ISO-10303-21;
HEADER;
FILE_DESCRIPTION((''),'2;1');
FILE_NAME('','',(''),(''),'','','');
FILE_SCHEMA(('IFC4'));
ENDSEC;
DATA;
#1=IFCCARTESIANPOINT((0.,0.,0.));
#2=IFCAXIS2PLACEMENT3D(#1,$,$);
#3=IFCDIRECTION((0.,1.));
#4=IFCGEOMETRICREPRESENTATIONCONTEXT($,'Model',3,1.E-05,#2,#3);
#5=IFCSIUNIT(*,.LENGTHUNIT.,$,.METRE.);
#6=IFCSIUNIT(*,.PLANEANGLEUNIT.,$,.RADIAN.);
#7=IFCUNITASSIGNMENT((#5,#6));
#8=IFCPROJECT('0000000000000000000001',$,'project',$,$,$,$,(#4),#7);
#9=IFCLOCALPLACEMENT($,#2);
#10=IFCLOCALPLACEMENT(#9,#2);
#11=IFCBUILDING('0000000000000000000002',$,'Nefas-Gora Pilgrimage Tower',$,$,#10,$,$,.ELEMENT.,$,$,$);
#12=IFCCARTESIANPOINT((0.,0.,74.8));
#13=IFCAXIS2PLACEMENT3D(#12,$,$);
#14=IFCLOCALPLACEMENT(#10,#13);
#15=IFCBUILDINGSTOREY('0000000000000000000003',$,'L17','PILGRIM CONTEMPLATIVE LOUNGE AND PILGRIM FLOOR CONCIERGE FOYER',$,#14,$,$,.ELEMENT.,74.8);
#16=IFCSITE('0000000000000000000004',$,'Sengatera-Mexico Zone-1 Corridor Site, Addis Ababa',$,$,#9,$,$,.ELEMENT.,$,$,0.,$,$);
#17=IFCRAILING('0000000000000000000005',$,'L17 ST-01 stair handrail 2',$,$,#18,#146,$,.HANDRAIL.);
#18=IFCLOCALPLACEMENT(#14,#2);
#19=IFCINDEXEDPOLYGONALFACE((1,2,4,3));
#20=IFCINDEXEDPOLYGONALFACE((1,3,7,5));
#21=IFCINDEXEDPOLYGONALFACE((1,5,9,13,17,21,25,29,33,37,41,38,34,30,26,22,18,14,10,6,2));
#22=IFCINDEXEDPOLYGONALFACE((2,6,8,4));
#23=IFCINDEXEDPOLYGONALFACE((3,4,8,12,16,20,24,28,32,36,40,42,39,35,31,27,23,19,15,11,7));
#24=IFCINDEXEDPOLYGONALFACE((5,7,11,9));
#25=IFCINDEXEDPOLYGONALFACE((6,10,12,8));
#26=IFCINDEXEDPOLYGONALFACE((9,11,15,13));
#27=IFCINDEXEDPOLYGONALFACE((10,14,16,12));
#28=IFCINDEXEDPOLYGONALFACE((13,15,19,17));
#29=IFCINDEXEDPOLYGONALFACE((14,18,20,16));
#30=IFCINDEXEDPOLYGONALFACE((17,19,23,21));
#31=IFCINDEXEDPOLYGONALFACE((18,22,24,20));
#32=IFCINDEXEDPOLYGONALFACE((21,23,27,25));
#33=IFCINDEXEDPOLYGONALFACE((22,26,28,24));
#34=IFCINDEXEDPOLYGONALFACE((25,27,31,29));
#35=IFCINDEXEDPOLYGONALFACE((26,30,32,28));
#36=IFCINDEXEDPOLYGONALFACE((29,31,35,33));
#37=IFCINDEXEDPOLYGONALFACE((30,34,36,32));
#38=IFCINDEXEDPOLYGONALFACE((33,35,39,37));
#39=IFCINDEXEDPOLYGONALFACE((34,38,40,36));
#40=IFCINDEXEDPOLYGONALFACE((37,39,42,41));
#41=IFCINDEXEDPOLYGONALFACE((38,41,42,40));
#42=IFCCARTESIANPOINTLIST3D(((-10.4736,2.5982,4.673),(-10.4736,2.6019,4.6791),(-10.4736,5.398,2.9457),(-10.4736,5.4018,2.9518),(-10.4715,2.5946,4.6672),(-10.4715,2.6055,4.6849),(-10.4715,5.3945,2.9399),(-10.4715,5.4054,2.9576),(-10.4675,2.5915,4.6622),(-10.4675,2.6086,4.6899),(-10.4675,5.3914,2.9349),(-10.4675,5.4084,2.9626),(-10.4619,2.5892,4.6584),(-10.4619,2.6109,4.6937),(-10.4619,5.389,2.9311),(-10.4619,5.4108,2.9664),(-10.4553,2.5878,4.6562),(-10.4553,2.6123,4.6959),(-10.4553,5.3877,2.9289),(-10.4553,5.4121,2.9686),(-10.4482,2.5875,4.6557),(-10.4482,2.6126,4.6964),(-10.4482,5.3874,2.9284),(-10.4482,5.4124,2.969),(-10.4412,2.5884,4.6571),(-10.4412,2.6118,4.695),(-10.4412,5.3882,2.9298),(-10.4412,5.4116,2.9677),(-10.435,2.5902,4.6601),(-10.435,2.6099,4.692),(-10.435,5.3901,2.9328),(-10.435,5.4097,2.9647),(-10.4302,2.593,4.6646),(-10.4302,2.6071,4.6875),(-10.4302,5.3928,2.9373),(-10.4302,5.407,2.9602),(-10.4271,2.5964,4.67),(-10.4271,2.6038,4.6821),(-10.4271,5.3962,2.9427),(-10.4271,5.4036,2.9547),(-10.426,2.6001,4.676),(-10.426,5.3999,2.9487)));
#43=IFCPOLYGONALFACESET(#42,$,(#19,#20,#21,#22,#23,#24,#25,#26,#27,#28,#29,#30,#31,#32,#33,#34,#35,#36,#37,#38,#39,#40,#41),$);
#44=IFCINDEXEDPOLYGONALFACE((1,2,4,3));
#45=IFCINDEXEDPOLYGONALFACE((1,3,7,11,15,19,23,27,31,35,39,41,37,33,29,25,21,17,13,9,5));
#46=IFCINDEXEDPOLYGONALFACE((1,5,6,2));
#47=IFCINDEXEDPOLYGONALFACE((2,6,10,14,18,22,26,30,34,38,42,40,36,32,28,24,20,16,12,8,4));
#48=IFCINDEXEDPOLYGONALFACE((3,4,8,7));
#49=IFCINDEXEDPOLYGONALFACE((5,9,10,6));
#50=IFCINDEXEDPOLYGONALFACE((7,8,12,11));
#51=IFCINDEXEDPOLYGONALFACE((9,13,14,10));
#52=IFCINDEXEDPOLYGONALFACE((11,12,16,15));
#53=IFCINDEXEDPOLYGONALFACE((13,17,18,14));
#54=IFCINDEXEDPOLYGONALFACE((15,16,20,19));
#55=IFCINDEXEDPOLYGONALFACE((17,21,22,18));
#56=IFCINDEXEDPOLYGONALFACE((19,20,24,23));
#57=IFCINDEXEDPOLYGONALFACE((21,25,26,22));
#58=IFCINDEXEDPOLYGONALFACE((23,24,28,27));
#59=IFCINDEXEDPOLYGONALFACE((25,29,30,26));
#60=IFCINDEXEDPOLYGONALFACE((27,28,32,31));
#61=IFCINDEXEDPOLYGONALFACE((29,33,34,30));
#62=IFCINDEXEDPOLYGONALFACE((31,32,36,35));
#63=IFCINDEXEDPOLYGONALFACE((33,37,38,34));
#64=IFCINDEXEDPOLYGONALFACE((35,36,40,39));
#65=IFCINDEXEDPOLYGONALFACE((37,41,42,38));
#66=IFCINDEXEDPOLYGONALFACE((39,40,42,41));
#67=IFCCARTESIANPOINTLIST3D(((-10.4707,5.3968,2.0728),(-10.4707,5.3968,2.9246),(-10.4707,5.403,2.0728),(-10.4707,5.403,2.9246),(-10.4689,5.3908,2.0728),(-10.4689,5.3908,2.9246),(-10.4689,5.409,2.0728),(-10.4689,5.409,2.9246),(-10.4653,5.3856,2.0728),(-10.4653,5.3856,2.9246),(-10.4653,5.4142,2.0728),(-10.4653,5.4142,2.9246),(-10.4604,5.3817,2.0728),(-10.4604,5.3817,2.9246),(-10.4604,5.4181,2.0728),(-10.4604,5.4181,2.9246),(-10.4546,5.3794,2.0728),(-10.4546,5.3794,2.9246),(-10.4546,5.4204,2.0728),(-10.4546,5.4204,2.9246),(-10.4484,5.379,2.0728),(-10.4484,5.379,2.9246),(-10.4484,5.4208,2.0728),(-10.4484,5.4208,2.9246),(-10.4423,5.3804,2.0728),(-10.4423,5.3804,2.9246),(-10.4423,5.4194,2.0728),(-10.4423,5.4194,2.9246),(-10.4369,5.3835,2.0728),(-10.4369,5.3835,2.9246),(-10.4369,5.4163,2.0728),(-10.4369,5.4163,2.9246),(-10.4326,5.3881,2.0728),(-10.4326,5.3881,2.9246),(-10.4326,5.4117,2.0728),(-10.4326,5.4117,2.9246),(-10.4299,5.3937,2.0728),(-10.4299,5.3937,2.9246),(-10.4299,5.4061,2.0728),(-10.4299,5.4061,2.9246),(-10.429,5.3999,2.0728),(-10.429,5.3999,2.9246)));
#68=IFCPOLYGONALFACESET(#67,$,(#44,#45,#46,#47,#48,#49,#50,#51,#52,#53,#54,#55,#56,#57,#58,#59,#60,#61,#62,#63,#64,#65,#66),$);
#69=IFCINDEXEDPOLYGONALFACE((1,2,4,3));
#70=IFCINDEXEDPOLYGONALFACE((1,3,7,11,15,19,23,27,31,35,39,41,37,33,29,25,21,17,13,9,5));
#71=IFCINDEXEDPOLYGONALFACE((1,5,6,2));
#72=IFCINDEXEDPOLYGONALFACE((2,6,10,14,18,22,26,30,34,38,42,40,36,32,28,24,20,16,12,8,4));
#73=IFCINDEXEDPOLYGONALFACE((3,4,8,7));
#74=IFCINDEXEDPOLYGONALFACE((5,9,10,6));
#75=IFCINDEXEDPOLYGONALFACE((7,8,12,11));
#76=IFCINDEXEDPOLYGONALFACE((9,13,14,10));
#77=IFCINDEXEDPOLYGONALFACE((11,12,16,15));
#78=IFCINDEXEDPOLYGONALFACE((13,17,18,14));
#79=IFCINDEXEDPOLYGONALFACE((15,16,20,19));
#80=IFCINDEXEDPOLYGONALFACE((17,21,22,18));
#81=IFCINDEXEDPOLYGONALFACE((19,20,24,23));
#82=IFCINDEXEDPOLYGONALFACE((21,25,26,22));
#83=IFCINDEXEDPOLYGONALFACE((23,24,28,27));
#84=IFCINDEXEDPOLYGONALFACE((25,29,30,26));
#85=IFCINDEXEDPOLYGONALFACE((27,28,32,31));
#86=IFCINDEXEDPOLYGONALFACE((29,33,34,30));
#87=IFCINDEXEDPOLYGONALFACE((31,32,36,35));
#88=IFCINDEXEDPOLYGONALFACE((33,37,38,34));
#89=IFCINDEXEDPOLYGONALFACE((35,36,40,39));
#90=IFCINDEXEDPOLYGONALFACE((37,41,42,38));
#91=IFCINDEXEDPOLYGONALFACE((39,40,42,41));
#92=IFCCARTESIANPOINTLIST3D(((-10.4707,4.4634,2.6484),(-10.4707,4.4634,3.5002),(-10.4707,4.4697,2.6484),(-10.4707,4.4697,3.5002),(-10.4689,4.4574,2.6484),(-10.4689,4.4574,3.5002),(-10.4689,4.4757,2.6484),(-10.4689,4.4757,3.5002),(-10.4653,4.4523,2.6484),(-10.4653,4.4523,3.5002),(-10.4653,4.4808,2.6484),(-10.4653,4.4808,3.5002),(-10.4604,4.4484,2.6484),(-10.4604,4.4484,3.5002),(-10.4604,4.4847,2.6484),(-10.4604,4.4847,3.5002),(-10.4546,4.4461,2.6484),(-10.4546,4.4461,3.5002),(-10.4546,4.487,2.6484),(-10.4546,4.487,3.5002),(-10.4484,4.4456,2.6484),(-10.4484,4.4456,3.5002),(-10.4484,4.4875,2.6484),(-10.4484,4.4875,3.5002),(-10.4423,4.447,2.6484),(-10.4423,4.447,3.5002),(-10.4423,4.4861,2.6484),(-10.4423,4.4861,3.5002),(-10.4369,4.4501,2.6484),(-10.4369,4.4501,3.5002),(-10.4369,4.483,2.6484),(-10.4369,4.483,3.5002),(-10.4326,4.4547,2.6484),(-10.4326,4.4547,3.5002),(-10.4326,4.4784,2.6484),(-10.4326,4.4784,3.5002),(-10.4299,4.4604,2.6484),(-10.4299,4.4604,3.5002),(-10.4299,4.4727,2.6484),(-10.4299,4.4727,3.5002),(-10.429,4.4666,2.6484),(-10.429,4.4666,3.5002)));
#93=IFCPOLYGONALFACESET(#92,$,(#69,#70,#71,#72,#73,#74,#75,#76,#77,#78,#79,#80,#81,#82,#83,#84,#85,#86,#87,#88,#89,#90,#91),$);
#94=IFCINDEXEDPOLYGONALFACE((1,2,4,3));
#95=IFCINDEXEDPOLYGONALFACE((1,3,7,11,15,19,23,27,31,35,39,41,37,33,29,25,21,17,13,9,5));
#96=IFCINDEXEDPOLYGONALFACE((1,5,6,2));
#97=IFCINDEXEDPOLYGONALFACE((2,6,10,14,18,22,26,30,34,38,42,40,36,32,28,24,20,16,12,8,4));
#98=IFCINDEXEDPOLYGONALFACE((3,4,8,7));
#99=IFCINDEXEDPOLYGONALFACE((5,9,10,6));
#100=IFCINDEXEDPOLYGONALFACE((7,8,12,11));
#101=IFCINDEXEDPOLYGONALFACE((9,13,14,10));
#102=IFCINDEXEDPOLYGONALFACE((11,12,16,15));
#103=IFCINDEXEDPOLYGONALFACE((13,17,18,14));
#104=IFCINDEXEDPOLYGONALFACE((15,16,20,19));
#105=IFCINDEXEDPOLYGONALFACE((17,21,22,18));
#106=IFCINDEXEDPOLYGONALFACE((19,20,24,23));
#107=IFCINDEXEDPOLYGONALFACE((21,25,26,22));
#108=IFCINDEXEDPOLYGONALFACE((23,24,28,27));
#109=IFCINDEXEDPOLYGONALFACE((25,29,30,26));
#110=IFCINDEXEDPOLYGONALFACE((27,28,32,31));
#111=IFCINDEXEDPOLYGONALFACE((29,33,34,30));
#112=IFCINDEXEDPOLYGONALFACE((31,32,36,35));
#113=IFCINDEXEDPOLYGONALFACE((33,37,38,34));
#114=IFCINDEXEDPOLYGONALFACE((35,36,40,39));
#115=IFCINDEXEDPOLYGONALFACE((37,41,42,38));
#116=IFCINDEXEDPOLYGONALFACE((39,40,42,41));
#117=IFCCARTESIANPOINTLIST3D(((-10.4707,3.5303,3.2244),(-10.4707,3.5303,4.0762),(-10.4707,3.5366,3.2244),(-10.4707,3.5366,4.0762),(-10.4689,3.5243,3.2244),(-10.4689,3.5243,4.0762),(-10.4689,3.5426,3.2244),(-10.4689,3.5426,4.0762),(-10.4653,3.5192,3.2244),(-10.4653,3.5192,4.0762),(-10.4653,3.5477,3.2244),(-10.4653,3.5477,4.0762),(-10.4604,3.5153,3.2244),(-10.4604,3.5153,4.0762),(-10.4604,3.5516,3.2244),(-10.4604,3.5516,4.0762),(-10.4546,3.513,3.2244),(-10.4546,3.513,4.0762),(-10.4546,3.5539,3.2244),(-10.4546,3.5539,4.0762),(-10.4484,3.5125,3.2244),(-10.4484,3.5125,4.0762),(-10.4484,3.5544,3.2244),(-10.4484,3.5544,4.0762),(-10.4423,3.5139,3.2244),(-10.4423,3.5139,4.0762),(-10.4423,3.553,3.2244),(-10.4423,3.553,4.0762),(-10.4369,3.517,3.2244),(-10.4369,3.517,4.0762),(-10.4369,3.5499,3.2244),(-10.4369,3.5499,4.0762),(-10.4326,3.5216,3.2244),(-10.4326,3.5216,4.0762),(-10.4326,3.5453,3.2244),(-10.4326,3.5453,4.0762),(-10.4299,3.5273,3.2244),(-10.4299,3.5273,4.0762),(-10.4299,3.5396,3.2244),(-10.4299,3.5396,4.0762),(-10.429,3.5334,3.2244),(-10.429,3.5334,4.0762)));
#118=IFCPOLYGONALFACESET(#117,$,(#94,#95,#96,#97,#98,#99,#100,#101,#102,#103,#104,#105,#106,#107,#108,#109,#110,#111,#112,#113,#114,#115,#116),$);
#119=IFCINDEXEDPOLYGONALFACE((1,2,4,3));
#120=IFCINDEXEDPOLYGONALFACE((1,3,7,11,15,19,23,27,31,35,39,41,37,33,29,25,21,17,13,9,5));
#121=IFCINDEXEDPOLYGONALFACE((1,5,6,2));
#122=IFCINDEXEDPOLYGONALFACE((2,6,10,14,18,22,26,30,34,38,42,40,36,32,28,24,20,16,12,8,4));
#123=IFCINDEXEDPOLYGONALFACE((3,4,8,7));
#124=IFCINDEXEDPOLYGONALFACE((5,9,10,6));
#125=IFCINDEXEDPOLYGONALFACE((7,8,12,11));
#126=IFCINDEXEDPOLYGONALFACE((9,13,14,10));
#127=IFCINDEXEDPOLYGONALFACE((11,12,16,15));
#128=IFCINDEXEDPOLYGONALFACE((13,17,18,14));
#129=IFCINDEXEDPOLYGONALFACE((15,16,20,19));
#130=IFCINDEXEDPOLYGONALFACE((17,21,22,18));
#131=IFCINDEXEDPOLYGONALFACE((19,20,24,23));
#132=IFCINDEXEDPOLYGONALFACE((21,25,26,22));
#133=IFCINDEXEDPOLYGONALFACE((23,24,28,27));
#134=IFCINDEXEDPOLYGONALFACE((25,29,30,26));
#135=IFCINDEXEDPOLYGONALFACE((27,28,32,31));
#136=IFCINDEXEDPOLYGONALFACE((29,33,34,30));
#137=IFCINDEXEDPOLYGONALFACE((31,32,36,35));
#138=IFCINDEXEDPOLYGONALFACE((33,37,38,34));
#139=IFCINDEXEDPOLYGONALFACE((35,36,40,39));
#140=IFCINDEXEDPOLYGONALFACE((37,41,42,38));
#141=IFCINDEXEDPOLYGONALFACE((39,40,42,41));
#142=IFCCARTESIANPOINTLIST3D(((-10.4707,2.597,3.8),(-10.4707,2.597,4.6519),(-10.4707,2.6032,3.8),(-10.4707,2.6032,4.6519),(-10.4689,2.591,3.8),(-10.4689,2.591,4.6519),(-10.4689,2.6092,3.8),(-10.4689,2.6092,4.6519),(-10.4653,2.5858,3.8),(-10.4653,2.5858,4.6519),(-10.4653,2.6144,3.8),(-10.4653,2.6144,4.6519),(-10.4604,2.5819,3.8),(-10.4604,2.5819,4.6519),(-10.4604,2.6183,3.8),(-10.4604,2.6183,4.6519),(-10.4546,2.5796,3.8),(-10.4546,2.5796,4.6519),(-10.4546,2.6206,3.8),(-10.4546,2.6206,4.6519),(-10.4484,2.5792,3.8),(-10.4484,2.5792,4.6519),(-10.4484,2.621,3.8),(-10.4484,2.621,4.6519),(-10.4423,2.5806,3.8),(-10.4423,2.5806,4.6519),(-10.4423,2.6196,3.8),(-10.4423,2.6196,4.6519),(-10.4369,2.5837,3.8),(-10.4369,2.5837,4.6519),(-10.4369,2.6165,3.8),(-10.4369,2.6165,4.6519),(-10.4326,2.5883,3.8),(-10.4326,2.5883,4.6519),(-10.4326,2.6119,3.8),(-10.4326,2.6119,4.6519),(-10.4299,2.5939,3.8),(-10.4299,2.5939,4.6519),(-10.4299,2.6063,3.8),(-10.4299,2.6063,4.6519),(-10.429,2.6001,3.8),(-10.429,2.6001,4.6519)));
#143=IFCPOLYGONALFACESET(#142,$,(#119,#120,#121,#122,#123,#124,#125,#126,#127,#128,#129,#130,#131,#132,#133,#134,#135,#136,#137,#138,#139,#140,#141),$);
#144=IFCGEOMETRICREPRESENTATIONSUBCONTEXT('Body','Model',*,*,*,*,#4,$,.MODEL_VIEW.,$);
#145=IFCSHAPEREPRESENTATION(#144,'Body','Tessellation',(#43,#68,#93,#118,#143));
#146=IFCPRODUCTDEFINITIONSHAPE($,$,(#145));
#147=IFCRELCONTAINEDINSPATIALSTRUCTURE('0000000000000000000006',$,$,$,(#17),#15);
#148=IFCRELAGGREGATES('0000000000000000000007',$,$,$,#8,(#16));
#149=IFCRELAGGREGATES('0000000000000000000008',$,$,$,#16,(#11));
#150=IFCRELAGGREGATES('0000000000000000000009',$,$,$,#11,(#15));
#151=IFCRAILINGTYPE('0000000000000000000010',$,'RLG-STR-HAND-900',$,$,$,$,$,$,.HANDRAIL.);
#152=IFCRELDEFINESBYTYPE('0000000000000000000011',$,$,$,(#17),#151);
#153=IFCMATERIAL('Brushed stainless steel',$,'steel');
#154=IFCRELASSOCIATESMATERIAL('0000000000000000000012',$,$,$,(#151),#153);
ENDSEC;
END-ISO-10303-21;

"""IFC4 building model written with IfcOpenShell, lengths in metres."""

from ifc_helpers import new_model, si_unit, direction, frame, origin, origin_2d, place, context, subcontext, project, spatial, circle, extrude, material, type_object, element, save


model = new_model("IFC4")

# Units and contexts
model_context = context("Model", 3, precision=1e-05, world=origin(), true_north=direction((0.0, 1.0)))
body_context = subcontext(model_context, "Body", "Model", "MODEL_VIEW")
ifc_project = project(units=[si_unit("LENGTHUNIT", "METRE"), si_unit("PLANEANGLEUNIT", "RADIAN")], contexts=[model_context])

# Site, building, storey
site_placement = place(None, origin())
site = spatial("IfcSite", under=ifc_project, at=site_placement, Name="Sengatera-Mexico Zone-1 Corridor Site, Addis Ababa", CompositionType="ELEMENT", RefElevation=0.0)
building_placement = place(site_placement, origin())
building = spatial("IfcBuilding", under=site, at=building_placement, Name="Nefas-Gora Pilgrimage Tower", CompositionType="ELEMENT")
storey_placement = place(building_placement, frame((0.0, 0.0, 74.8)))
storey = spatial("IfcBuildingStorey", under=building, at=storey_placement, Name="L17", Description="PILGRIM CONTEMPLATIVE LOUNGE AND PILGRIM FLOOR CONCIERGE FOYER", CompositionType="ELEMENT", Elevation=74.8)

# Railing
ifc_material_1 = material(Name="Brushed stainless steel", Category="steel")
railing_type_1 = type_object("IfcRailingType", Name="RLG-STR-HAND-900", PredefinedType="HANDRAIL", material=ifc_material_1)
railing_1_placement = place(storey_placement, frame((-10.45, 5.3999, 2.0728)))
element("IfcRailing", 1, at=railing_1_placement, inside=storey, type_object=railing_type_1, Name="L17 ST-01 stair handrail 2", PredefinedType="HANDRAIL", context=body_context, shape_type="SweptSolid", body=[
    extrude(circle(Radius=0.0239, at=origin_2d()), frame((0.0, 0.0, 0.876), z_axis=(0.0, -0.851069, 0.525054), x_axis=(1.0, 0.0, 0.0)), (0.0, 0.0, 1.0), 3.2898),
    extrude(circle(Radius=0.021, at=origin_2d()), origin(), (0.0, 0.0, 1.0), 0.8518),
    extrude(circle(Radius=0.021, at=origin_2d()), frame((0.0, -0.9333, 0.5757)), (0.0, 0.0, 1.0), 0.8518),
    extrude(circle(Radius=0.021, at=origin_2d()), frame((0.0, -1.8665, 1.1516)), (0.0, 0.0, 1.0), 0.8518),
    extrude(circle(Radius=0.021, at=origin_2d()), frame((0.0, -2.7998, 1.7273)), (0.0, 0.0, 1.0), 0.8518),
])

save(model, "model.ifc")
